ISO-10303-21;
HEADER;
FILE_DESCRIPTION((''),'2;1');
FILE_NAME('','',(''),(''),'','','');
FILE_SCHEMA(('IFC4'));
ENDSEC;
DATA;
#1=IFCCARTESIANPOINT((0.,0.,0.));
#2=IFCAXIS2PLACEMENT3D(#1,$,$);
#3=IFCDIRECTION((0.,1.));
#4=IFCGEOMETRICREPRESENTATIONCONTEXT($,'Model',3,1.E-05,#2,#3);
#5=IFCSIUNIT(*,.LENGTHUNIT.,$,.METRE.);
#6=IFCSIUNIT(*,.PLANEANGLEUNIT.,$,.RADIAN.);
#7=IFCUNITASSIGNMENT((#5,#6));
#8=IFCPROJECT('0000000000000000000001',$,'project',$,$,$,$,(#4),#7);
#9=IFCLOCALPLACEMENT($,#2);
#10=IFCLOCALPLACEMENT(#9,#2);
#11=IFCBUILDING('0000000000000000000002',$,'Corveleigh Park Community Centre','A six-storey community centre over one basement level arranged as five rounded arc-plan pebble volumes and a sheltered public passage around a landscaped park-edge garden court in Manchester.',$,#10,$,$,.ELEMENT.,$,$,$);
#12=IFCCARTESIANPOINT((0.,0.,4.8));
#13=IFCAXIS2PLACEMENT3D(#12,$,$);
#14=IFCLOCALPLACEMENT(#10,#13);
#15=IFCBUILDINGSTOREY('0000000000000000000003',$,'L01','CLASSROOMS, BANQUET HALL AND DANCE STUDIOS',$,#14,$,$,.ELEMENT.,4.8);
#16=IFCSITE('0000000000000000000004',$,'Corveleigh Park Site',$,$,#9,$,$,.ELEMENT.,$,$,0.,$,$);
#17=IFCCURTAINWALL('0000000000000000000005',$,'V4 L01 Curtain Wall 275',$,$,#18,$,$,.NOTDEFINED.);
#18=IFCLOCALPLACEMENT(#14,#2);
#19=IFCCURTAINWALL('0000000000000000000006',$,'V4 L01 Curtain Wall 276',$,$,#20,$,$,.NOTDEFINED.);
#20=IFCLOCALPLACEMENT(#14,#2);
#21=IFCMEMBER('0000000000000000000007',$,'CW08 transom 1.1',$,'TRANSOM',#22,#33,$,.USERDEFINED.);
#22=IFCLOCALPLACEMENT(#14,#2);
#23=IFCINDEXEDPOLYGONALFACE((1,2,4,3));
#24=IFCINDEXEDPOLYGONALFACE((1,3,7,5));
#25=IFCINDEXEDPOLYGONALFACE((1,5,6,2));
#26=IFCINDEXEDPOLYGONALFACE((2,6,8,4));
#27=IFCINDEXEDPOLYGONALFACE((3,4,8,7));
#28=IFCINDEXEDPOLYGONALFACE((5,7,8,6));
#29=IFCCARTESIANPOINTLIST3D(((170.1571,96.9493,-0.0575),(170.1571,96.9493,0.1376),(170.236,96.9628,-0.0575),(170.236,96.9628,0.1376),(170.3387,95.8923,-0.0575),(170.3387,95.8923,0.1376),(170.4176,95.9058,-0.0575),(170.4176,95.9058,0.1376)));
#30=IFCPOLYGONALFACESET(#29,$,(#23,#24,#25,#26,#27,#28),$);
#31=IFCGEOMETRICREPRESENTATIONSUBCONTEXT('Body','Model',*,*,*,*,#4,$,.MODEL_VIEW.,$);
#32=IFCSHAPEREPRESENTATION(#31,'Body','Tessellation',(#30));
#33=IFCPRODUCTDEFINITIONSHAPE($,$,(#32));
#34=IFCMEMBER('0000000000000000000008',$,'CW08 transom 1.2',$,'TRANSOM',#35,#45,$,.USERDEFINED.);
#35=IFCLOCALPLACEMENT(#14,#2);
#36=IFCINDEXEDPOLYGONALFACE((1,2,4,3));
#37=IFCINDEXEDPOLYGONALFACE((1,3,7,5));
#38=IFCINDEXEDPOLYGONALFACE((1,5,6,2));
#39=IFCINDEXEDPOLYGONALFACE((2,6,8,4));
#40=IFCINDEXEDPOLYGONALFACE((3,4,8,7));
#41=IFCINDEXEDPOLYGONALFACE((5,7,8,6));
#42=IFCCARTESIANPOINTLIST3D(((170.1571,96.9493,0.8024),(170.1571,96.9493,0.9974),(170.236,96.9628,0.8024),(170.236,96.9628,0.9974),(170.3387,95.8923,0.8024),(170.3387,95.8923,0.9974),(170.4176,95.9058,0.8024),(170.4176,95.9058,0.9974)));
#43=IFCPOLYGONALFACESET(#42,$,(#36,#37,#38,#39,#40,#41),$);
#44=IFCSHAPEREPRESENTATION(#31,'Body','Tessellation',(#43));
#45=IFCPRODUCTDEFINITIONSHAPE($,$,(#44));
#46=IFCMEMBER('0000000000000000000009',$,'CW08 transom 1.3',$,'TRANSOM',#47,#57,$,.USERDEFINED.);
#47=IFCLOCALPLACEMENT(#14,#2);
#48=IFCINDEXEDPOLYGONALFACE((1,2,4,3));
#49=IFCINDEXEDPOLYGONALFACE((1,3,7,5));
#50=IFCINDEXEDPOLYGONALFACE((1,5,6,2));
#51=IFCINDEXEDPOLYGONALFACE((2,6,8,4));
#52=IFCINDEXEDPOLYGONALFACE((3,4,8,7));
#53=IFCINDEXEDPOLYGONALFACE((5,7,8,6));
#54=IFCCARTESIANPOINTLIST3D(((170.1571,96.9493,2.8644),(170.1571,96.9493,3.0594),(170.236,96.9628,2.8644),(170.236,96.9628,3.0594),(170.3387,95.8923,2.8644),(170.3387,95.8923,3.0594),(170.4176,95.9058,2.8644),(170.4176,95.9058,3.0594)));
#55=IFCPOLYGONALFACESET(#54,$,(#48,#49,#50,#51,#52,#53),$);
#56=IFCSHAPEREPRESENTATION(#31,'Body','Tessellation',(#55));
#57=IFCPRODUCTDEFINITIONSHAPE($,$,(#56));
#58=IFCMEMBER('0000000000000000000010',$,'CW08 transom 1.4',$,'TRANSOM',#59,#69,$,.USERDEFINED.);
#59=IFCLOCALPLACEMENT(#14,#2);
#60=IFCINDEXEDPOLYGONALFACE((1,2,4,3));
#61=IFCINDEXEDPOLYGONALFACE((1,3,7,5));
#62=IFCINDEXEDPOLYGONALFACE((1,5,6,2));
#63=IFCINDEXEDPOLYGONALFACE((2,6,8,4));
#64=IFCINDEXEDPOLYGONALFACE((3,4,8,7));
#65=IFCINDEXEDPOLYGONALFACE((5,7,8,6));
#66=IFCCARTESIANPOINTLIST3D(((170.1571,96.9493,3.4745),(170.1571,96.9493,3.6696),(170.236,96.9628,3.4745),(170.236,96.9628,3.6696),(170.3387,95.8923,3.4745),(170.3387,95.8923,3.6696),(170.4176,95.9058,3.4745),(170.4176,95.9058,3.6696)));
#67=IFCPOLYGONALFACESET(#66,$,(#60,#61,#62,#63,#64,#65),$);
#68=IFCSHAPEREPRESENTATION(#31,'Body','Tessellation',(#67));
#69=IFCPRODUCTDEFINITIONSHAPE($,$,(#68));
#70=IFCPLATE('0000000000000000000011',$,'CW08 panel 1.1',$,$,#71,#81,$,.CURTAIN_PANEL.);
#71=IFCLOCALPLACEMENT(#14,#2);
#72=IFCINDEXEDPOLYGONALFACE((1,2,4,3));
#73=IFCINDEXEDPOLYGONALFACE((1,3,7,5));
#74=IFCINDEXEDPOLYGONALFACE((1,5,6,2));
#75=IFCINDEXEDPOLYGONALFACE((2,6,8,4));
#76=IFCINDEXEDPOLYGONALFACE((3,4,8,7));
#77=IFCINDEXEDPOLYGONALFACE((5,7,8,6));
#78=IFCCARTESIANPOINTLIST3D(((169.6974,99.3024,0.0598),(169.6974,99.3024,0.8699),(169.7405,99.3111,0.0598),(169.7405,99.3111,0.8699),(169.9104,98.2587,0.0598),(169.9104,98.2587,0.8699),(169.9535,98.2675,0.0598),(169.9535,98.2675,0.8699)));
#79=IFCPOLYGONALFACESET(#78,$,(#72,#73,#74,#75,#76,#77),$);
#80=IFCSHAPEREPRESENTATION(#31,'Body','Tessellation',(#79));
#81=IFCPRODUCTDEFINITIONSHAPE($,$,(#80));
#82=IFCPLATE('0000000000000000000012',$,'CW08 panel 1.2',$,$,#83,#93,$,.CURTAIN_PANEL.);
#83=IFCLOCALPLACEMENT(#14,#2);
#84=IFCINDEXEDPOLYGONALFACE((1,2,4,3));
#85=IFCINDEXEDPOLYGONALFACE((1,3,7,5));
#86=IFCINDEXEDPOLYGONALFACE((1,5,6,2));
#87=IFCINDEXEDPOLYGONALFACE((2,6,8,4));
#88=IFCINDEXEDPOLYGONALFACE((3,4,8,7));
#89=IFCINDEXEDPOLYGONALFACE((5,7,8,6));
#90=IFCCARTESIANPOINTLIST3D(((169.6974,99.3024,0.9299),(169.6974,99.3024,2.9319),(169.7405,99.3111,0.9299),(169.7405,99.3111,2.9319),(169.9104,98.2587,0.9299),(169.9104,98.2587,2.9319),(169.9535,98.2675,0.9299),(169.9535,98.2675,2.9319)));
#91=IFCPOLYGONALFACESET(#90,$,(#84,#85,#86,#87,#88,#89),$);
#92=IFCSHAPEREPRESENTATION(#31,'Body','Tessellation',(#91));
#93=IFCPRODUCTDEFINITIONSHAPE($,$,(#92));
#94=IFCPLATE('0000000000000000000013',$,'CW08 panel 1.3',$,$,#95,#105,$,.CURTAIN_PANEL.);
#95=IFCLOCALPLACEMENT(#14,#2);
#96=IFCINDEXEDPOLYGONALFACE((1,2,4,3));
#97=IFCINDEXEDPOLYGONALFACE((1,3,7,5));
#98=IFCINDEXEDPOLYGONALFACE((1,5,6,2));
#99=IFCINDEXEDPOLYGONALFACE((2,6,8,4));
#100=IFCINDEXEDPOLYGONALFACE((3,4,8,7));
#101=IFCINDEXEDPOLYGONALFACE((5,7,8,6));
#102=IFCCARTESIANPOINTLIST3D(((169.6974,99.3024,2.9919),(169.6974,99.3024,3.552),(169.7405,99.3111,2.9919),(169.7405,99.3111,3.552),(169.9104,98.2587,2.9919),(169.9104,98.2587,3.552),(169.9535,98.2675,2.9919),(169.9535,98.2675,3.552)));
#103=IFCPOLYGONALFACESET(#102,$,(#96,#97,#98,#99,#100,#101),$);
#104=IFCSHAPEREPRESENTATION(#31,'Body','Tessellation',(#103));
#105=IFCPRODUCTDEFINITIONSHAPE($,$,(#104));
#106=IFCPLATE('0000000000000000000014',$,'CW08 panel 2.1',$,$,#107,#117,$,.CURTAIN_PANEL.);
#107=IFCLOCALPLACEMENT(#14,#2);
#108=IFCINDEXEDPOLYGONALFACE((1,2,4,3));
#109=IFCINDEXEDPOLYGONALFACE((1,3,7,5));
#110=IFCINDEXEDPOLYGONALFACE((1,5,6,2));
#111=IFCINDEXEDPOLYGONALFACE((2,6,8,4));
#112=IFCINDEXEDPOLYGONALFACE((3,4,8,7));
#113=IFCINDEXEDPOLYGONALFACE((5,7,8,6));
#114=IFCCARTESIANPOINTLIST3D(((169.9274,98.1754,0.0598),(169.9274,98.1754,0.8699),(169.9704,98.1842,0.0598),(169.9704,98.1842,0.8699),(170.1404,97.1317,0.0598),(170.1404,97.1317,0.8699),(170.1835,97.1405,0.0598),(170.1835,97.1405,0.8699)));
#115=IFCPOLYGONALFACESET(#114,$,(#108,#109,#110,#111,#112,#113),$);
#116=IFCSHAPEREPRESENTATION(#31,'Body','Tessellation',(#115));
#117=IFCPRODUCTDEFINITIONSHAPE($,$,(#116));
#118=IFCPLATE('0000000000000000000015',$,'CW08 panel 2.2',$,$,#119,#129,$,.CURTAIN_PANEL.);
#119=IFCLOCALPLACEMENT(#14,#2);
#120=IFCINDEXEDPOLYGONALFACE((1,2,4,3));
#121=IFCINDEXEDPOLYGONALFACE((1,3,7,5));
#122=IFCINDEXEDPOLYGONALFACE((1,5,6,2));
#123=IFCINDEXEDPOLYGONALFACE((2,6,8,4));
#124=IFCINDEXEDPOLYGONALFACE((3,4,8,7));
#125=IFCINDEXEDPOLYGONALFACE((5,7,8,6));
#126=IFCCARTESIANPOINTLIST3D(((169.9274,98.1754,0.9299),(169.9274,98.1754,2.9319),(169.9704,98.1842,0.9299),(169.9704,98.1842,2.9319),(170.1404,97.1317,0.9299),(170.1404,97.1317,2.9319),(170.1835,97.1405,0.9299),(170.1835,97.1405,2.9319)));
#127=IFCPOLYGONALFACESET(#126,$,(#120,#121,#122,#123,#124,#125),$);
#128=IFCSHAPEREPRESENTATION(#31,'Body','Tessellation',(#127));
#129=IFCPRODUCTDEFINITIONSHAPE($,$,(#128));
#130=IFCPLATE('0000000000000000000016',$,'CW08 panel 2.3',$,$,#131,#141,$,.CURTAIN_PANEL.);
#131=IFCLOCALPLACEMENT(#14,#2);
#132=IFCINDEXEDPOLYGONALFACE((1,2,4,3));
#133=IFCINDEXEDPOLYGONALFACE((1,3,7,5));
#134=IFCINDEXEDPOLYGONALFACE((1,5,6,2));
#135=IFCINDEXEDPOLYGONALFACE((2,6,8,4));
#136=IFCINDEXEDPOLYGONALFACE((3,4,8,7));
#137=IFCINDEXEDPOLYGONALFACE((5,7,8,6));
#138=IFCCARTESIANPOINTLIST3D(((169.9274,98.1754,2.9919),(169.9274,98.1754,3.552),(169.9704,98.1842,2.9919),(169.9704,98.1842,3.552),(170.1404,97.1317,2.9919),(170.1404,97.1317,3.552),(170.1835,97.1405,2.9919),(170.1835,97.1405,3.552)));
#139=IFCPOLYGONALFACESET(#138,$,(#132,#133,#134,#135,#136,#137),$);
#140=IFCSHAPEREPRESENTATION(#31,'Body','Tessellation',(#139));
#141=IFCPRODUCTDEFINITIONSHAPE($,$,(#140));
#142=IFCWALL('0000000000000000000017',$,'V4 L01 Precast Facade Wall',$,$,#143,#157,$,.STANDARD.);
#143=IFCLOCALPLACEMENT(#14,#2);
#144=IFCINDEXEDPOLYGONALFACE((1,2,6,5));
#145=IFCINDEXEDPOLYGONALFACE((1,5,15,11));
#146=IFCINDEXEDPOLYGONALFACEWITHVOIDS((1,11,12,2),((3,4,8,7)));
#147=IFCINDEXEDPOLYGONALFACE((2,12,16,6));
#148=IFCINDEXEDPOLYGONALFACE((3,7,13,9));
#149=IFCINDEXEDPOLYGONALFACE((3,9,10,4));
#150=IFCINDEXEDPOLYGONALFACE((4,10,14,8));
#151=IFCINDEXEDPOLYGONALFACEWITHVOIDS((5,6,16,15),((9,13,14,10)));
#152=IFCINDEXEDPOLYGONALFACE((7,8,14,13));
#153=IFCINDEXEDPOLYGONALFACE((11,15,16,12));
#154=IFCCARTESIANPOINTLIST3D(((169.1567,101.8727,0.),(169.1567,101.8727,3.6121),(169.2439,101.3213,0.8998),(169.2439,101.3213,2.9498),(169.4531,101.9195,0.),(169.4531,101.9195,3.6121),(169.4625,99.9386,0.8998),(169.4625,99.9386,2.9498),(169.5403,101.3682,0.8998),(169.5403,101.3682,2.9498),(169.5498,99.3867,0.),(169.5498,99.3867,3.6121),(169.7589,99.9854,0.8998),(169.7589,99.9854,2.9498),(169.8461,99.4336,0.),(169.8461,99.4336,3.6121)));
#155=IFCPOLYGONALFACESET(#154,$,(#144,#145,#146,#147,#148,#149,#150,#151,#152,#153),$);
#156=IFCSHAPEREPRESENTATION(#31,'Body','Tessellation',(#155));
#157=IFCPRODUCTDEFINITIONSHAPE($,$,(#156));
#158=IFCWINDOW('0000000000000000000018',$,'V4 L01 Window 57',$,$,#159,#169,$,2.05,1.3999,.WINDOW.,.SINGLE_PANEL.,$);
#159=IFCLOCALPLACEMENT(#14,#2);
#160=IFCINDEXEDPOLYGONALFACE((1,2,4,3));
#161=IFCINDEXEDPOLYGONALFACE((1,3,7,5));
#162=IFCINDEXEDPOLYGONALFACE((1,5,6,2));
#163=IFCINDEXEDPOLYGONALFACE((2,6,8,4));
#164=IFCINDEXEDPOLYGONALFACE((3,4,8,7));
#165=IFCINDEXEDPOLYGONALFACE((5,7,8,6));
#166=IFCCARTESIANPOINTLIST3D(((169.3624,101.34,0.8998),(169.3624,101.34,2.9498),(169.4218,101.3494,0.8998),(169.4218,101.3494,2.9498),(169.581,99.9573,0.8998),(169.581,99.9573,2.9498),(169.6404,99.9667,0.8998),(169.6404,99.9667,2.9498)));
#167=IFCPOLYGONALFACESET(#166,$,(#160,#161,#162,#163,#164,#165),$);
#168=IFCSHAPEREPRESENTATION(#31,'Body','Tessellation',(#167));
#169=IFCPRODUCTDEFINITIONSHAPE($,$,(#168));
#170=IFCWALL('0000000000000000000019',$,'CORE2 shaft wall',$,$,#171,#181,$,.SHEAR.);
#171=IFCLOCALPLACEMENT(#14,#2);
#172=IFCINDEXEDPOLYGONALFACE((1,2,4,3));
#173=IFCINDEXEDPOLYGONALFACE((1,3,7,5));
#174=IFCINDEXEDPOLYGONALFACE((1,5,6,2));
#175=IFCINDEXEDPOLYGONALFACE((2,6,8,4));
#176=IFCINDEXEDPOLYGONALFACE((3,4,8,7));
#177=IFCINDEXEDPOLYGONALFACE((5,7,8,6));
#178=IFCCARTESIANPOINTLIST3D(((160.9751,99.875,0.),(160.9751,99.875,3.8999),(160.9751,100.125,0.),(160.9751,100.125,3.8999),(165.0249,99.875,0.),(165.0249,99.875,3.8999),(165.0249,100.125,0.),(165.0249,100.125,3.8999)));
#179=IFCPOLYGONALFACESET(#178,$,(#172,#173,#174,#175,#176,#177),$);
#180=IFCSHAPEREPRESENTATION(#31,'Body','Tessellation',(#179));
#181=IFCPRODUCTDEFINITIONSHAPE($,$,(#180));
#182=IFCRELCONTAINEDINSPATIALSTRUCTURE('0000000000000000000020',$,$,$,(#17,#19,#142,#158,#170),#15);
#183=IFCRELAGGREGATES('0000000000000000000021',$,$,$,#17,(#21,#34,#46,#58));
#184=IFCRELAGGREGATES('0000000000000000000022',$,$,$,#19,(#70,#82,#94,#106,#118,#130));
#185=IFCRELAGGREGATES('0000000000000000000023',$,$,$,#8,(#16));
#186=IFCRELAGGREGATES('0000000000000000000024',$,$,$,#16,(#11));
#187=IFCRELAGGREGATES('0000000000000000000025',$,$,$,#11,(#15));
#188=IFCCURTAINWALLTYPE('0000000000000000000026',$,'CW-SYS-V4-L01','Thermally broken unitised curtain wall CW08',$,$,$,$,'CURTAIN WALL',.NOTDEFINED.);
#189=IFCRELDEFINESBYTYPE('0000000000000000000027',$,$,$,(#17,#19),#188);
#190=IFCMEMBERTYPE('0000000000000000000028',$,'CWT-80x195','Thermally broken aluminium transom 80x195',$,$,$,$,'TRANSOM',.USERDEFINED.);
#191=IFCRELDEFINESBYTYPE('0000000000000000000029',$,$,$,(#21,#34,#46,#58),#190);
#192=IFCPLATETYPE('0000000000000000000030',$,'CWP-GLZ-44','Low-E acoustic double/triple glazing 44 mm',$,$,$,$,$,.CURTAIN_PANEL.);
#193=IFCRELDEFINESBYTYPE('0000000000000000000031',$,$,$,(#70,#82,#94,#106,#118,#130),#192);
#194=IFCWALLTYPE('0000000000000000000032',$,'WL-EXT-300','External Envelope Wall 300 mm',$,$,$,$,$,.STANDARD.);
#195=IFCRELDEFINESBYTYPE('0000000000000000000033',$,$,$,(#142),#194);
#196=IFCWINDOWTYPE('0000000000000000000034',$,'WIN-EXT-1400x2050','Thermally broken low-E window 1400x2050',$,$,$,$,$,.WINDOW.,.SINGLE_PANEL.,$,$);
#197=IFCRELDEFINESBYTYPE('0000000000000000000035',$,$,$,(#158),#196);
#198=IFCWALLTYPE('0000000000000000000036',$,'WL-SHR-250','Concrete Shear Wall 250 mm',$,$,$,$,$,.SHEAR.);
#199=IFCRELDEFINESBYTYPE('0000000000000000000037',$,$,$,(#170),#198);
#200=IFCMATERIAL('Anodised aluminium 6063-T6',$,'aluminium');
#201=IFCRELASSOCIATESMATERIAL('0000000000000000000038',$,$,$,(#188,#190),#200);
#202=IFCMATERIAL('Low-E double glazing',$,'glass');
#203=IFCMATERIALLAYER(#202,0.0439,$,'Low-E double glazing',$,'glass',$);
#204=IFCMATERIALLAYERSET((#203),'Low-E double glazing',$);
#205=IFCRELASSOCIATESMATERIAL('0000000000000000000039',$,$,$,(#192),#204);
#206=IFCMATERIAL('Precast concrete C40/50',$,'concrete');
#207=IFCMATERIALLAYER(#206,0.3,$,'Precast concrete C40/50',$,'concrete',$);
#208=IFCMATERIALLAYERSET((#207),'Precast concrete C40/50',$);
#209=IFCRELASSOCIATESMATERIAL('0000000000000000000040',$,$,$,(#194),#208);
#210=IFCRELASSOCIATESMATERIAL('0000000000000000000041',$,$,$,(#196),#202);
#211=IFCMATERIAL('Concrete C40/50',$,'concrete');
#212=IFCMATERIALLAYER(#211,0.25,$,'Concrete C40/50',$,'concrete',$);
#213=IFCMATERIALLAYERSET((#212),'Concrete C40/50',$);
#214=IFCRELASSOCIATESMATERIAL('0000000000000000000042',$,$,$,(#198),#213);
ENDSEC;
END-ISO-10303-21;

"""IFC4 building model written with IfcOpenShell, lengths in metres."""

from ifc_helpers import new_model, si_unit, direction, frame, frame_2d, origin, origin_2d, place, context, subcontext, project, spatial, rectangle, extrude, material, layer, layer_set, material_profile, profile_set, type_object, element, fill, aggregate, save


model = new_model("IFC4")

# Units and contexts
model_context = context("Model", 3, precision=1e-05, world=origin(), true_north=direction((0.0, 1.0)))
body_context = subcontext(model_context, "Body", "Model", "MODEL_VIEW")
ifc_project = project(units=[si_unit("LENGTHUNIT", "METRE"), si_unit("PLANEANGLEUNIT", "RADIAN")], contexts=[model_context])

# Site, building, storey
site_placement = place(None, origin())
site = spatial("IfcSite", under=ifc_project, at=site_placement, Name="Corveleigh Park Site", CompositionType="ELEMENT", RefElevation=0.0)
building_placement = place(site_placement, origin())
building = spatial("IfcBuilding", under=site, at=building_placement, Name="Corveleigh Park Community Centre", Description="A six-storey community centre over one basement level arranged as five rounded arc-plan pebble volumes and a sheltered public passage around a landscaped park-edge garden court in Manchester.", CompositionType="ELEMENT")
storey_placement = place(building_placement, frame((0.0, 0.0, 4.8)))
storey = spatial("IfcBuildingStorey", under=building, at=storey_placement, Name="L01", Description="CLASSROOMS, BANQUET HALL AND DANCE STUDIOS", CompositionType="ELEMENT", Elevation=4.8)

# Curtain wall
ifc_material_1 = material(Name="Anodised aluminium 6063-T6", Category="aluminium")
curtain_wall_type = type_object("IfcCurtainWallType", Name="CW-SYS-V4-L01", Description="Thermally broken unitised curtain wall CW08", ElementType="CURTAIN WALL", PredefinedType="NOTDEFINED", material=ifc_material_1)
curtain_wall_1_placement = place(storey_placement, origin())
curtain_wall_1 = element("IfcCurtainWall", 1, at=curtain_wall_1_placement, inside=storey, type_object=curtain_wall_type, Name="V4 L01 Curtain Wall 275", PredefinedType="NOTDEFINED")

# Curtain wall
curtain_wall_2_placement = place(storey_placement, origin())
curtain_wall_2 = element("IfcCurtainWall", 2, at=curtain_wall_2_placement, inside=storey, type_object=curtain_wall_type, Name="V4 L01 Curtain Wall 276", PredefinedType="NOTDEFINED")

# Members
ifc_material_profile_1 = material_profile(ifc_material_1, rectangle(XDim=0.0801, YDim=0.1951, at=origin_2d()), Name="ALU-T80x195", Category="aluminium")
ifc_profile_set_1 = profile_set([ifc_material_profile_1], Name="Anodised aluminium 6063-T6")
member_type_1 = type_object("IfcMemberType", Name="CWT-80x195", Description="Thermally broken aluminium transom 80x195", ElementType="TRANSOM", PredefinedType="USERDEFINED", material=ifc_profile_set_1)
member_1_placement = place(storey_placement, frame((170.1965, 96.9561, 0.04), z_axis=(0.169343, -0.985557, 0.0), x_axis=(0.985557, 0.169343, 0.0)))
member_1 = element("IfcMember", 3, at=member_1_placement, type_object=member_type_1, Name="CW08 transom 1.1", ObjectType="TRANSOM", PredefinedType="USERDEFINED", context=body_context, shape_type="SweptSolid", body=[
    extrude(rectangle(XDim=0.0801, YDim=0.1951, at=origin_2d()), origin(), (0.0, 0.0, 1.0), 1.0725),
])
member_2_placement = place(storey_placement, frame((170.1965, 96.9561, 0.8999), z_axis=(0.169343, -0.985557, 0.0), x_axis=(0.985557, 0.169343, 0.0)))
member_2 = element("IfcMember", 4, at=member_2_placement, type_object=member_type_1, Name="CW08 transom 1.2", ObjectType="TRANSOM", PredefinedType="USERDEFINED", context=body_context, shape_type="SweptSolid", body=[
    extrude(rectangle(XDim=0.0801, YDim=0.1951, at=origin_2d()), origin(), (0.0, 0.0, 1.0), 1.0725),
])
member_3_placement = place(storey_placement, frame((170.1965, 96.9561, 2.9619), z_axis=(0.169343, -0.985557, 0.0), x_axis=(0.985557, 0.169343, 0.0)))
member_3 = element("IfcMember", 5, at=member_3_placement, type_object=member_type_1, Name="CW08 transom 1.3", ObjectType="TRANSOM", PredefinedType="USERDEFINED", context=body_context, shape_type="SweptSolid", body=[
    extrude(rectangle(XDim=0.0801, YDim=0.1951, at=origin_2d()), origin(), (0.0, 0.0, 1.0), 1.0725),
])
member_4_placement = place(storey_placement, frame((170.1965, 96.9561, 3.572), z_axis=(0.169343, -0.985557, 0.0), x_axis=(0.985557, 0.169343, 0.0)))
member_4 = element("IfcMember", 6, at=member_4_placement, type_object=member_type_1, Name="CW08 transom 1.4", ObjectType="TRANSOM", PredefinedType="USERDEFINED", context=body_context, shape_type="SweptSolid", body=[
    extrude(rectangle(XDim=0.0801, YDim=0.1951, at=origin_2d()), origin(), (0.0, 0.0, 1.0), 1.0725),
])
aggregate(curtain_wall_1, [member_1, member_2, member_3, member_4])

# Plates
ifc_material_2 = material(Name="Low-E double glazing", Category="glass")
ifc_layer_1 = layer(ifc_material_2, 0.0439, Name="Low-E double glazing", Category="glass")
ifc_layer_set_1 = layer_set([ifc_layer_1], Name="Low-E double glazing")
plate_type = type_object("IfcPlateType", Name="CWP-GLZ-44", Description="Low-E acoustic double/triple glazing 44 mm", PredefinedType="CURTAIN_PANEL", material=ifc_layer_set_1)
plate_1_placement = place(storey_placement, frame((169.8254, 98.7849, 0.0598), z_axis=(0.0, 0.0, 1.0), x_axis=(0.199985, -0.979799, 0.0)))
plate_1 = element("IfcPlate", 7, at=plate_1_placement, type_object=plate_type, Name="CW08 panel 1.1", PredefinedType="CURTAIN_PANEL", context=body_context, shape_type="SweptSolid", body=[
    extrude(rectangle(XDim=1.0652, YDim=0.0439, at=origin_2d()), origin(), (0.0, 0.0, 1.0), 0.8101),
])
plate_2_placement = place(storey_placement, frame((169.8254, 98.7849, 0.9299), z_axis=(0.0, 0.0, 1.0), x_axis=(0.199985, -0.979799, 0.0)))
plate_2 = element("IfcPlate", 8, at=plate_2_placement, type_object=plate_type, Name="CW08 panel 1.2", PredefinedType="CURTAIN_PANEL", context=body_context, shape_type="SweptSolid", body=[
    extrude(rectangle(XDim=1.0652, YDim=0.0439, at=origin_2d()), origin(), (0.0, 0.0, 1.0), 2.002),
])
plate_3_placement = place(storey_placement, frame((169.8254, 98.7849, 2.9919), z_axis=(0.0, 0.0, 1.0), x_axis=(0.199985, -0.979799, 0.0)))
plate_3 = element("IfcPlate", 9, at=plate_3_placement, type_object=plate_type, Name="CW08 panel 1.3", PredefinedType="CURTAIN_PANEL", context=body_context, shape_type="SweptSolid", body=[
    extrude(rectangle(XDim=1.0652, YDim=0.0439, at=origin_2d()), origin(), (0.0, 0.0, 1.0), 0.5601),
])
plate_4_placement = place(storey_placement, frame((170.0554, 97.658, 0.0598), z_axis=(0.0, 0.0, 1.0), x_axis=(0.199985, -0.979799, 0.0)))
plate_4 = element("IfcPlate", 10, at=plate_4_placement, type_object=plate_type, Name="CW08 panel 2.1", PredefinedType="CURTAIN_PANEL", context=body_context, shape_type="SweptSolid", body=[
    extrude(rectangle(XDim=1.0652, YDim=0.0439, at=origin_2d()), origin(), (0.0, 0.0, 1.0), 0.8101),
])
plate_5_placement = place(storey_placement, frame((170.0554, 97.658, 0.9299), z_axis=(0.0, 0.0, 1.0), x_axis=(0.199985, -0.979799, 0.0)))
plate_5 = element("IfcPlate", 11, at=plate_5_placement, type_object=plate_type, Name="CW08 panel 2.2", PredefinedType="CURTAIN_PANEL", context=body_context, shape_type="SweptSolid", body=[
    extrude(rectangle(XDim=1.0652, YDim=0.0439, at=origin_2d()), origin(), (0.0, 0.0, 1.0), 2.002),
])
plate_6_placement = place(storey_placement, frame((170.0554, 97.658, 2.9919), z_axis=(0.0, 0.0, 1.0), x_axis=(0.199985, -0.979799, 0.0)))
plate_6 = element("IfcPlate", 12, at=plate_6_placement, type_object=plate_type, Name="CW08 panel 2.3", PredefinedType="CURTAIN_PANEL", context=body_context, shape_type="SweptSolid", body=[
    extrude(rectangle(XDim=1.0652, YDim=0.0439, at=origin_2d()), origin(), (0.0, 0.0, 1.0), 0.5601),
])
aggregate(curtain_wall_2, [plate_1, plate_2, plate_3, plate_4, plate_5, plate_6])

# Wall, opening, window
ifc_material_3 = material(Name="Precast concrete C40/50", Category="concrete")
ifc_layer_2 = layer(ifc_material_3, 0.3, Name="Precast concrete C40/50", Category="concrete")
ifc_layer_set_2 = layer_set([ifc_layer_2], Name="Precast concrete C40/50")
wall_type_1 = type_object("IfcWallType", Name="WL-EXT-300", Description="External Envelope Wall 300 mm", PredefinedType="STANDARD", material=ifc_layer_set_2)
wall_1_placement = place(storey_placement, frame((169.3049, 101.896, 0.0), z_axis=(0.0, 0.0, 1.0), x_axis=(0.156167, -0.987731, 0.0)))
wall_1 = element("IfcWall", 13, at=wall_1_placement, inside=storey, type_object=wall_type_1, Name="V4 L01 Precast Facade Wall", PredefinedType="STANDARD", context=body_context, shape_type="SweptSolid", body=[
    extrude(rectangle(XDim=2.5168, YDim=0.3, at=frame_2d((1.2583, 0.0))), origin(), (0.0, 0.0, 1.0), 3.6121),
])
opening_placement = place(wall_1_placement, frame((0.5581, 0.0, 0.8999)))
opening = element("IfcOpeningElement", 14, at=opening_placement, cuts=wall_1, PredefinedType="OPENING", context=body_context, shape_type="SweptSolid", body=[
    extrude(rectangle(XDim=1.3999, YDim=2.05, at=frame_2d((0.7, 1.0249))), frame((0.0, 0.1599, 0.0), z_axis=(0.0, -1.0, 0.0), x_axis=(1.0, 0.0, 0.0)), (0.0, 0.0, 1.0), 0.3201),
])
window_type = type_object("IfcWindowType", Name="WIN-EXT-1400x2050", Description="Thermally broken low-E window 1400x2050", PartitioningType="SINGLE_PANEL", PredefinedType="WINDOW", material=ifc_material_2)
window_placement = place(opening_placement, origin())
window = element("IfcWindow", 15, at=window_placement, inside=storey, type_object=window_type, Name="V4 L01 Window 57", OverallHeight=2.05, OverallWidth=1.3999, PartitioningType="SINGLE_PANEL", PredefinedType="WINDOW", context=body_context, shape_type="SweptSolid", body=[
    extrude(rectangle(XDim=1.3999, YDim=2.05, at=frame_2d((0.7, 1.0249))), frame((0.0, 0.03, 0.0), z_axis=(0.0, -1.0, 0.0), x_axis=(1.0, 0.0, 0.0)), (0.0, 0.0, 1.0), 0.0601),
])
fill(opening, window)

# Wall
ifc_material_4 = material(Name="Concrete C40/50", Category="concrete")
ifc_layer_3 = layer(ifc_material_4, 0.25, Name="Concrete C40/50", Category="concrete")
ifc_layer_set_3 = layer_set([ifc_layer_3], Name="Concrete C40/50")
wall_type_2 = type_object("IfcWallType", Name="WL-SHR-250", Description="Concrete Shear Wall 250 mm", PredefinedType="SHEAR", material=ifc_layer_set_3)
wall_2_placement = place(storey_placement, frame((160.9751, 100.0, 0.0), z_axis=(0.0, 0.0, 1.0), x_axis=(1.0, 0.0, 0.0)))
element("IfcWall", 16, at=wall_2_placement, inside=storey, type_object=wall_type_2, Name="CORE2 shaft wall", PredefinedType="SHEAR", context=body_context, shape_type="SweptSolid", body=[
    extrude(rectangle(XDim=4.0498, YDim=0.25, at=frame_2d((2.0249, 0.0))), origin(), (0.0, 0.0, 1.0), 3.8999),
])

save(model, "model.ifc")
